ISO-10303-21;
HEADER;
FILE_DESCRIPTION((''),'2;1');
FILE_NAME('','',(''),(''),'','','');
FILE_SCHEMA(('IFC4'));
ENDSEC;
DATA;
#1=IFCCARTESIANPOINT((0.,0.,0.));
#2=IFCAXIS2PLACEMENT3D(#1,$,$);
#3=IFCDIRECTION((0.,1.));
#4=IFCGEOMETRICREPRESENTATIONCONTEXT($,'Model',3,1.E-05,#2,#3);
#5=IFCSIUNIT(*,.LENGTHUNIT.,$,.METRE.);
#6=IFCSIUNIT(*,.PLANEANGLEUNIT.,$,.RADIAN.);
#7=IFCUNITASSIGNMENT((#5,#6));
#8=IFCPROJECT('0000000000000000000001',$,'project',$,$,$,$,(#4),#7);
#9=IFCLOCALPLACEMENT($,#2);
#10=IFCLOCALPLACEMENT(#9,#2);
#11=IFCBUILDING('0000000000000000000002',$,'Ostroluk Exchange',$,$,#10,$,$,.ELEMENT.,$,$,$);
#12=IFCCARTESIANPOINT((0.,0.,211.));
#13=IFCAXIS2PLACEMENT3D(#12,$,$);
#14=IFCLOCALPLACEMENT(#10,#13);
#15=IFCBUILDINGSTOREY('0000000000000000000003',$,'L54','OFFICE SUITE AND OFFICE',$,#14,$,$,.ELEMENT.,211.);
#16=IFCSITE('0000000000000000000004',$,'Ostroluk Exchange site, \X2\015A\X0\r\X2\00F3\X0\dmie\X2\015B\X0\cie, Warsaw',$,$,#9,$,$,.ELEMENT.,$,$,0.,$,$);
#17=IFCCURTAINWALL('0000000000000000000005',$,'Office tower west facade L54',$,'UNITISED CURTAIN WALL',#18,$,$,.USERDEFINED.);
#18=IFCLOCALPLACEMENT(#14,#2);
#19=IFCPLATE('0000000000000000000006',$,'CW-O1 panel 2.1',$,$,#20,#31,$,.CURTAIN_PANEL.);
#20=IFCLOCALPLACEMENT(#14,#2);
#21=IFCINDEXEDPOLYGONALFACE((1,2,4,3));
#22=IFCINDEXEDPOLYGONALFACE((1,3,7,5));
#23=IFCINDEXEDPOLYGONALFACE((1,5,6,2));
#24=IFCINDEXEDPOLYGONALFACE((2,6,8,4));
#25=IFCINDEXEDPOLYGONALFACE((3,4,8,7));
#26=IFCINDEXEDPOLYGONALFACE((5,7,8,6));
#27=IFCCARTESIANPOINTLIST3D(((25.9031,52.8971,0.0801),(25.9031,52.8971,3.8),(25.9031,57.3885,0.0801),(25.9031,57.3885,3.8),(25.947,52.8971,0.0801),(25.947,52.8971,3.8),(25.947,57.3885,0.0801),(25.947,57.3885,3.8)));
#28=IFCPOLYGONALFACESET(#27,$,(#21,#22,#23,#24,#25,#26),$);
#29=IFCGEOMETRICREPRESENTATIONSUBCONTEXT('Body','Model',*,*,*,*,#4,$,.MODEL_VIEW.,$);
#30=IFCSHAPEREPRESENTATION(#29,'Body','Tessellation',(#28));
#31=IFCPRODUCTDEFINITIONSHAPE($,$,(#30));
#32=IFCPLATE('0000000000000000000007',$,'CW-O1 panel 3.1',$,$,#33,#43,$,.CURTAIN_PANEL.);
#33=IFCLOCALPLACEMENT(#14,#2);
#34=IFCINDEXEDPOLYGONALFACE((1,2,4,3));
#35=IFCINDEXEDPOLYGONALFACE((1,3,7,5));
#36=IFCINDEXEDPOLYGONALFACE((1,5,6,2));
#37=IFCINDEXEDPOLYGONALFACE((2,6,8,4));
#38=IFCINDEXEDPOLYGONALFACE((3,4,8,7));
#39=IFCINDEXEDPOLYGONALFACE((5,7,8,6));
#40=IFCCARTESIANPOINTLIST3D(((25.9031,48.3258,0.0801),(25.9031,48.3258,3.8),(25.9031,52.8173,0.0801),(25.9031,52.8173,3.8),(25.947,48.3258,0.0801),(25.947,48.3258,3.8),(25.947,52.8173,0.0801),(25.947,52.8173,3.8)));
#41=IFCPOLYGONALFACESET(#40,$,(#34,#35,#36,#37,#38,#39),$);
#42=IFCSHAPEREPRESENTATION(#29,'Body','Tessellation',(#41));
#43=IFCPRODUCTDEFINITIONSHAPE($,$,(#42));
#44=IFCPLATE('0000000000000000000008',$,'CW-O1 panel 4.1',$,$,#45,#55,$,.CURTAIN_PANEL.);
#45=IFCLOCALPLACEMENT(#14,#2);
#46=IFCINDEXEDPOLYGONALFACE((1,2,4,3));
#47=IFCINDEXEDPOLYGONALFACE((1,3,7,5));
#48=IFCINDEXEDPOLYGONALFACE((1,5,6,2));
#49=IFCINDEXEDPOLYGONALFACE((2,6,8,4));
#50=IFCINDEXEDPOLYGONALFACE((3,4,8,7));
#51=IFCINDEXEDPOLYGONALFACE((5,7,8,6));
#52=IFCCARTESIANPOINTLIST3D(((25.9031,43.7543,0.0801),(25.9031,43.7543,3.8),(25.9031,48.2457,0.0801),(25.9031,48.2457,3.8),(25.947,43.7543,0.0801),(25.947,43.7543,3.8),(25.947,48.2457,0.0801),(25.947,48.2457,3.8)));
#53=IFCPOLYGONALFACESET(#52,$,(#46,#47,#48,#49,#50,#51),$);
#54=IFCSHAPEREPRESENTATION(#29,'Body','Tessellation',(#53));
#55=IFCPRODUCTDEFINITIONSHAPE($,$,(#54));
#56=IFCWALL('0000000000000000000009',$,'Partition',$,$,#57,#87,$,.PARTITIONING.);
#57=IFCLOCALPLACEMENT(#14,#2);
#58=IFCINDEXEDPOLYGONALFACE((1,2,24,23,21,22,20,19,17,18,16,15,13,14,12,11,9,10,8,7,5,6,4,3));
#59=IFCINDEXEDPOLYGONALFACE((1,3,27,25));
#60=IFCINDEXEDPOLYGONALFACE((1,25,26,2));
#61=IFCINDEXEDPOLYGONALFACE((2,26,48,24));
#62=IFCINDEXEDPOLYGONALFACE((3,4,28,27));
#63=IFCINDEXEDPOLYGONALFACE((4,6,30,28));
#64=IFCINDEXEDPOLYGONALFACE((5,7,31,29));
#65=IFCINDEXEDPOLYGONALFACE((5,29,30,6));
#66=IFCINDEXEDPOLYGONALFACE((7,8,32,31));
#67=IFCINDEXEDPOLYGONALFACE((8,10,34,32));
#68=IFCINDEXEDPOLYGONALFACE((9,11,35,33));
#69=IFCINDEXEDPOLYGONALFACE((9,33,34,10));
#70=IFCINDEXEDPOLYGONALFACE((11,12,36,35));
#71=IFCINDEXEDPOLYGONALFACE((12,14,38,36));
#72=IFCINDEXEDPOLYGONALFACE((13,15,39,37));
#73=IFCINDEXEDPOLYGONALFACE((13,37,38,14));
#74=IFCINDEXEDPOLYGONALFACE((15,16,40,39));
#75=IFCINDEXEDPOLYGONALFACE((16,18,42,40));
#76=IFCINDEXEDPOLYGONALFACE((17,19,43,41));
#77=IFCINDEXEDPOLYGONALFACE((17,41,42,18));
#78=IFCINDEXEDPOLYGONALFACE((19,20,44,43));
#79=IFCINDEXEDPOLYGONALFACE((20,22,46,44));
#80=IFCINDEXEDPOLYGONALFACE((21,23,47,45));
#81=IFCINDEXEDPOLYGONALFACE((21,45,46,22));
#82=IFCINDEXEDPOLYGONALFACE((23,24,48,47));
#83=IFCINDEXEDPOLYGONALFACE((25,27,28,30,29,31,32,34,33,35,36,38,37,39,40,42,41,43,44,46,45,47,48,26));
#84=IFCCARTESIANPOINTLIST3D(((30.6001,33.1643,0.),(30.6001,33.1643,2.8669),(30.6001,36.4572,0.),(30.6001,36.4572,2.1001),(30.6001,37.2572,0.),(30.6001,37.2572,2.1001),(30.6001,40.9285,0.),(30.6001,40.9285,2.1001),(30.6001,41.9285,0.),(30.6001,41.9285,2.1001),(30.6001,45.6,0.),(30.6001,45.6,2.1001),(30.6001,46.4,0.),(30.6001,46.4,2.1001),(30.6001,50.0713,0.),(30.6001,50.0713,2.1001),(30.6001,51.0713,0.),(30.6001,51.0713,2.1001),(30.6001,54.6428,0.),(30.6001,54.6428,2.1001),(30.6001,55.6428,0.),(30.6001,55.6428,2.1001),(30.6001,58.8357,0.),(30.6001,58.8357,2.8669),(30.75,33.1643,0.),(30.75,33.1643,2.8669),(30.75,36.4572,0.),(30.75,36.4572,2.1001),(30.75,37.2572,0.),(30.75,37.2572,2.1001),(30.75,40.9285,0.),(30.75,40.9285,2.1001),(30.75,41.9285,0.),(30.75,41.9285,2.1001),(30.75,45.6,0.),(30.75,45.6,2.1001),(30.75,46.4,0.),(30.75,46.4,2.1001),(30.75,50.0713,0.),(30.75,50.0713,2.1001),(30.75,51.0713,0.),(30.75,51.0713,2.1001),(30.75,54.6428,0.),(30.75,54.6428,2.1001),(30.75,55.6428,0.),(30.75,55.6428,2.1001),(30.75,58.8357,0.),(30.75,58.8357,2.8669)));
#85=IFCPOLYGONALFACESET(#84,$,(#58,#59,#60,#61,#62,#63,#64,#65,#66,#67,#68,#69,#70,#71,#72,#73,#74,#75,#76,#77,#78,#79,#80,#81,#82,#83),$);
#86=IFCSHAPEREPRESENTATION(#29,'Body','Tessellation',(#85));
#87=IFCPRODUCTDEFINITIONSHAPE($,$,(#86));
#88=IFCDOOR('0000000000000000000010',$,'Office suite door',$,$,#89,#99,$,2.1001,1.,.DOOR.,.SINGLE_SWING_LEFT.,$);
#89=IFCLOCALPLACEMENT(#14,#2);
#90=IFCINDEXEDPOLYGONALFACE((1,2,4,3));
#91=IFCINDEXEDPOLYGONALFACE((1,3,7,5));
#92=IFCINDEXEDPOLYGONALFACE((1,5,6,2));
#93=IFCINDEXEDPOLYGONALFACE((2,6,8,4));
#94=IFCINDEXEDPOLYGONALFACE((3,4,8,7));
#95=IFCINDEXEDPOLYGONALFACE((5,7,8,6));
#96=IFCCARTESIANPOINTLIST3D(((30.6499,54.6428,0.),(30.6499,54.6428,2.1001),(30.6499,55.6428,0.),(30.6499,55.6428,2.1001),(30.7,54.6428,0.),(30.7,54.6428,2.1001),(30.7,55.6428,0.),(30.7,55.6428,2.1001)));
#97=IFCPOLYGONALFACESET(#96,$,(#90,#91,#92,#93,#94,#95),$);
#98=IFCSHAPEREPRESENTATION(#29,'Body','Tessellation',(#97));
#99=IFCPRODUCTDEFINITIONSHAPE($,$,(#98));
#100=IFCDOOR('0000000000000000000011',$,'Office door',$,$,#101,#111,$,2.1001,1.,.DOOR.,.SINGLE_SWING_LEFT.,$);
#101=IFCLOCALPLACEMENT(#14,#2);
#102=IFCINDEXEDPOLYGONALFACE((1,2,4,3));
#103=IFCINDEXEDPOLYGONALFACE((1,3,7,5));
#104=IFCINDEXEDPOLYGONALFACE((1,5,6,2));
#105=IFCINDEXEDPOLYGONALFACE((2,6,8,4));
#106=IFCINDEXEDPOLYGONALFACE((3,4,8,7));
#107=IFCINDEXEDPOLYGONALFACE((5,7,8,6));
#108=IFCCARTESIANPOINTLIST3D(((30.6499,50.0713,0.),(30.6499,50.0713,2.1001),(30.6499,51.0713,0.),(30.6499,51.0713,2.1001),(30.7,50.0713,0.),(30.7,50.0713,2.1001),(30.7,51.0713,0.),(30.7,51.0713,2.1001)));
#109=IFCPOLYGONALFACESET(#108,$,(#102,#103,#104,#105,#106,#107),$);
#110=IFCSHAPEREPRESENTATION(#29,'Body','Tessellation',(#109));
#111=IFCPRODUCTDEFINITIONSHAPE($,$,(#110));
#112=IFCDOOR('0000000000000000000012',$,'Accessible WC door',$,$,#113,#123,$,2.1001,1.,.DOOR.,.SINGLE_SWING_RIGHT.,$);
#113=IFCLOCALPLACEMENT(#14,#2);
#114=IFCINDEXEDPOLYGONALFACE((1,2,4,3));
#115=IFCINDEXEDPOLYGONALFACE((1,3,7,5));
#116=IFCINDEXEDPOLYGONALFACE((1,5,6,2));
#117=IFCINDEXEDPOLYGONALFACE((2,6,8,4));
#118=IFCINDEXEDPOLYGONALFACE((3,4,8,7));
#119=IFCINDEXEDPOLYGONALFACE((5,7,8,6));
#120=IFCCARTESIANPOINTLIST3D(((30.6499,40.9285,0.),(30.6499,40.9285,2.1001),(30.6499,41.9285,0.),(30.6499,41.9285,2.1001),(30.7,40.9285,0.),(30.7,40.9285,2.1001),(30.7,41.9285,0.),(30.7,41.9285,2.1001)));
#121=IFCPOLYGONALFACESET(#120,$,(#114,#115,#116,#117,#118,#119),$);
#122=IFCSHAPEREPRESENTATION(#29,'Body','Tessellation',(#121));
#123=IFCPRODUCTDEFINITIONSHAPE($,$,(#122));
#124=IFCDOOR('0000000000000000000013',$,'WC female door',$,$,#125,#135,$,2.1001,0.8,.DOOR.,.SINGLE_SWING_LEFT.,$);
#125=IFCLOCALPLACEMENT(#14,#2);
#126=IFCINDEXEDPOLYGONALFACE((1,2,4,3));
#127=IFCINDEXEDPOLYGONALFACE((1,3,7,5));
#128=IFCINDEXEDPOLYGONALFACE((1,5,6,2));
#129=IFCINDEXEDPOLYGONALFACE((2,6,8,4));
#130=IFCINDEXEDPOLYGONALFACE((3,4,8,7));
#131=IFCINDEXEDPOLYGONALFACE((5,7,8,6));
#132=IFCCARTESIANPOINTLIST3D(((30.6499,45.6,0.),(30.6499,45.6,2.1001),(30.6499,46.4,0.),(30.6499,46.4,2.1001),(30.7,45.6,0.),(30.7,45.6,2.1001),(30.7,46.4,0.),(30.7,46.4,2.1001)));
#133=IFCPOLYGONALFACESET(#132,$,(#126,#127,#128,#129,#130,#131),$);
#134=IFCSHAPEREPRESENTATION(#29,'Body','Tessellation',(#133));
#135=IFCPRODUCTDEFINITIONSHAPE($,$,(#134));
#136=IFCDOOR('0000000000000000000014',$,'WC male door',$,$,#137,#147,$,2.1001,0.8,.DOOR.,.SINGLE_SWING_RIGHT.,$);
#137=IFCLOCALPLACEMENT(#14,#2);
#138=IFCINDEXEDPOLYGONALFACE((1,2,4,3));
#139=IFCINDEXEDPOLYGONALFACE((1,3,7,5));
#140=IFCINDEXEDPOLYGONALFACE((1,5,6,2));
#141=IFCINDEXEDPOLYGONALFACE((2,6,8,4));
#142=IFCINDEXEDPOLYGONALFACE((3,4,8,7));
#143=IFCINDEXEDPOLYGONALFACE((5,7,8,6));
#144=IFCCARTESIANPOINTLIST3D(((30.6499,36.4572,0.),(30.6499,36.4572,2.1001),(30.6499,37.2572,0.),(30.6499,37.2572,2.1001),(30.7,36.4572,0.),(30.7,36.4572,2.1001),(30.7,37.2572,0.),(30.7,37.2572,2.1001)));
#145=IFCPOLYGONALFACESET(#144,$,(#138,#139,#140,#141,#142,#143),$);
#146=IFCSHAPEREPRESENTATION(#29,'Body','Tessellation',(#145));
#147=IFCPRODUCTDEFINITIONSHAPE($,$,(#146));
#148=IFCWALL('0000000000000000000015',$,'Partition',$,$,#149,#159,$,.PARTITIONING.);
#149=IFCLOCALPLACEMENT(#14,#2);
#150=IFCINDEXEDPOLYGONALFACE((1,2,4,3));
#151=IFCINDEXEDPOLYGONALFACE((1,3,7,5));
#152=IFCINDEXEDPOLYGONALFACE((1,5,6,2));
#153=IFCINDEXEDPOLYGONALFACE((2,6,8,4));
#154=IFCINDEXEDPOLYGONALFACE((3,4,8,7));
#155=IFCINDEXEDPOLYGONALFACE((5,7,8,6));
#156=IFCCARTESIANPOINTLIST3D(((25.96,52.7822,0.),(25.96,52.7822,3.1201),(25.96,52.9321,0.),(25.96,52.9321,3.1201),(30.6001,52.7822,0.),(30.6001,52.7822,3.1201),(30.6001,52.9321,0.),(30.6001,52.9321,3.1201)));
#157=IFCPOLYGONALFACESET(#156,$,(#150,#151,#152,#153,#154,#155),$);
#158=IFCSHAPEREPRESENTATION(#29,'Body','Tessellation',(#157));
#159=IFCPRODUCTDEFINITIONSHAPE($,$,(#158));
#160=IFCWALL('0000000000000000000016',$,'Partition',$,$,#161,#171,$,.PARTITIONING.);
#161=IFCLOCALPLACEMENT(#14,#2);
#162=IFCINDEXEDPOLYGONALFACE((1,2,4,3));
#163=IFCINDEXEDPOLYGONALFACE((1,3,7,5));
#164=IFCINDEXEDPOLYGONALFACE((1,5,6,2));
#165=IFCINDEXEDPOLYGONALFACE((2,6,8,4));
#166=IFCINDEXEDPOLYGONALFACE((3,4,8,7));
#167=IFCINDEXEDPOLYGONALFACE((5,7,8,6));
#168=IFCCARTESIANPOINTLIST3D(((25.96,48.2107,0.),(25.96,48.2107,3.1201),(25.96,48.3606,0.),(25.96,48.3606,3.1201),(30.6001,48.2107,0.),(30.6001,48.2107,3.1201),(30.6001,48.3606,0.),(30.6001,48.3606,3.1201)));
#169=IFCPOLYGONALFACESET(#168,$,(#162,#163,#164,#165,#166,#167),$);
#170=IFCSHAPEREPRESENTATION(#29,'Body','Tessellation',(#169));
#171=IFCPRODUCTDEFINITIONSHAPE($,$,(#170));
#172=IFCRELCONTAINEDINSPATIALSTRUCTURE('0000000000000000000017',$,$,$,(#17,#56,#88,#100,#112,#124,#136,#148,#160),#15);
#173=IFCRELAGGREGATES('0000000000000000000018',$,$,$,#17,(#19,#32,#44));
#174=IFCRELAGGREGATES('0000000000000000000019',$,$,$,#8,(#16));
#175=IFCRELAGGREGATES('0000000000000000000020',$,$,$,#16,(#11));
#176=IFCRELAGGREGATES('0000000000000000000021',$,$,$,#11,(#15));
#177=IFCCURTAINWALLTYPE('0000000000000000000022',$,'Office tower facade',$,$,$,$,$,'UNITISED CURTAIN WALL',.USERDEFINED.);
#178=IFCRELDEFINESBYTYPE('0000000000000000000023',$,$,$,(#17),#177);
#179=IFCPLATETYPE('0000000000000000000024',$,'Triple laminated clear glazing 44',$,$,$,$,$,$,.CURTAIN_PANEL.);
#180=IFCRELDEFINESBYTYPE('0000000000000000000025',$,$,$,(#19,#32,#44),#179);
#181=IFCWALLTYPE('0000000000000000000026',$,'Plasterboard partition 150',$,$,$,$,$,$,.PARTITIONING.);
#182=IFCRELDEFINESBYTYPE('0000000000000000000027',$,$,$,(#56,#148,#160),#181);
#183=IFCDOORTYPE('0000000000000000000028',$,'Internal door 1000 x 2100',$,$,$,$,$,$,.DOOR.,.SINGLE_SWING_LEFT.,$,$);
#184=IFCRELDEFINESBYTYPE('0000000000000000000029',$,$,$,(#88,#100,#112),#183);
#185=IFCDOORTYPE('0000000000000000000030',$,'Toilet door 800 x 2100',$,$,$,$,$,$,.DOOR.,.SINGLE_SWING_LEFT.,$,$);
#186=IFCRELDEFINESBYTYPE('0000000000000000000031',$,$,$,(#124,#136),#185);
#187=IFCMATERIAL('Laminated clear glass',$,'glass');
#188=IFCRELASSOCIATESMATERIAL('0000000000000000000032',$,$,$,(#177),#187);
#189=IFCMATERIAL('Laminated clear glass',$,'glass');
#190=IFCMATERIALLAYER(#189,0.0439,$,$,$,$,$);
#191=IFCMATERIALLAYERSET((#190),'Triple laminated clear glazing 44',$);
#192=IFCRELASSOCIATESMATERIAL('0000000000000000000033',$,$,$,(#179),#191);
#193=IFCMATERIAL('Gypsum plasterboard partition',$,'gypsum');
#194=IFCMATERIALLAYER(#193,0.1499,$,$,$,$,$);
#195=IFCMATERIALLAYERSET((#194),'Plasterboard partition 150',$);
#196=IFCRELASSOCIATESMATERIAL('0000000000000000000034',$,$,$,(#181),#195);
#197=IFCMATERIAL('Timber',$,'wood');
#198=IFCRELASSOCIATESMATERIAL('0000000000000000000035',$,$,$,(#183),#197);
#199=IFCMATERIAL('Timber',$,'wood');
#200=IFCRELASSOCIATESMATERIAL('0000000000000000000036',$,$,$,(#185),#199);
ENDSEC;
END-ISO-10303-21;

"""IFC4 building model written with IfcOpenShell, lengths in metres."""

from ifc_helpers import new_model, si_unit, direction, frame, frame_2d, origin, origin_2d, place, context, subcontext, project, spatial, rectangle, extrude, material, layer, layer_set, type_object, element, fill, aggregate, save


model = new_model("IFC4")

# Units and contexts
model_context = context("Model", 3, precision=1e-05, world=origin(), true_north=direction((0.0, 1.0)))
body_context = subcontext(model_context, "Body", "Model", "MODEL_VIEW")
ifc_project = project(units=[si_unit("LENGTHUNIT", "METRE"), si_unit("PLANEANGLEUNIT", "RADIAN")], contexts=[model_context])

# Site, building, storey
site_placement = place(None, origin())
site = spatial("IfcSite", under=ifc_project, at=site_placement, Name="Ostroluk Exchange site, Śródmieście, Warsaw", CompositionType="ELEMENT", RefElevation=0.0)
building_placement = place(site_placement, origin())
building = spatial("IfcBuilding", under=site, at=building_placement, Name="Ostroluk Exchange", CompositionType="ELEMENT")
storey_placement = place(building_placement, frame((0.0, 0.0, 211.0)))
storey = spatial("IfcBuildingStorey", under=building, at=storey_placement, Name="L54", Description="OFFICE SUITE AND OFFICE", CompositionType="ELEMENT", Elevation=211.0)

# Curtain wall, plates
ifc_material_1 = material(Name="Laminated clear glass", Category="glass")
curtain_wall_type = type_object("IfcCurtainWallType", Name="Office tower facade", ElementType="UNITISED CURTAIN WALL", PredefinedType="USERDEFINED", material=ifc_material_1)
curtain_wall_placement = place(storey_placement, origin())
curtain_wall = element("IfcCurtainWall", 1, at=curtain_wall_placement, inside=storey, type_object=curtain_wall_type, Name="Office tower west facade L54", ObjectType="UNITISED CURTAIN WALL", PredefinedType="USERDEFINED")
ifc_material_2 = material(Name="Laminated clear glass", Category="glass")
ifc_layer_1 = layer(ifc_material_2, 0.0439)
ifc_layer_set_1 = layer_set([ifc_layer_1], Name="Triple laminated clear glazing 44")
plate_type = type_object("IfcPlateType", Name="Triple laminated clear glazing 44", PredefinedType="CURTAIN_PANEL", material=ifc_layer_set_1)
plate_1_placement = place(storey_placement, frame((25.925, 55.1428, 0.0801), z_axis=(0.0, 0.0, 1.0), x_axis=(0.0, -1.0, 0.0)))
plate_1 = element("IfcPlate", 2, at=plate_1_placement, type_object=plate_type, Name="CW-O1 panel 2.1", PredefinedType="CURTAIN_PANEL", context=body_context, shape_type="SweptSolid", body=[
    extrude(rectangle(XDim=4.4915, YDim=0.0439, at=origin_2d()), origin(), (0.0, 0.0, 1.0), 3.72),
])
plate_2_placement = place(storey_placement, frame((25.925, 50.5715, 0.0801), z_axis=(0.0, 0.0, 1.0), x_axis=(0.0, -1.0, 0.0)))
plate_2 = element("IfcPlate", 3, at=plate_2_placement, type_object=plate_type, Name="CW-O1 panel 3.1", PredefinedType="CURTAIN_PANEL", context=body_context, shape_type="SweptSolid", body=[
    extrude(rectangle(XDim=4.4915, YDim=0.0439, at=origin_2d()), origin(), (0.0, 0.0, 1.0), 3.72),
])
plate_3_placement = place(storey_placement, frame((25.925, 46.0, 0.0801), z_axis=(0.0, 0.0, 1.0), x_axis=(0.0, -1.0, 0.0)))
plate_3 = element("IfcPlate", 4, at=plate_3_placement, type_object=plate_type, Name="CW-O1 panel 4.1", PredefinedType="CURTAIN_PANEL", context=body_context, shape_type="SweptSolid", body=[
    extrude(rectangle(XDim=4.4915, YDim=0.0439, at=origin_2d()), origin(), (0.0, 0.0, 1.0), 3.72),
])
aggregate(curtain_wall, [plate_1, plate_2, plate_3])

# Wall, openings, doors
ifc_material_3 = material(Name="Gypsum plasterboard partition", Category="gypsum")
ifc_layer_2 = layer(ifc_material_3, 0.1499)
ifc_layer_set_2 = layer_set([ifc_layer_2], Name="Plasterboard partition 150")
wall_type = type_object("IfcWallType", Name="Plasterboard partition 150", PredefinedType="PARTITIONING", material=ifc_layer_set_2)
wall_placement = place(storey_placement, frame((30.675, 58.8357, 0.0), z_axis=(0.0, 0.0, 1.0), x_axis=(0.0, -1.0, 0.0)))
wall = element("IfcWall", 5, at=wall_placement, inside=storey, type_object=wall_type, Name="Partition", PredefinedType="PARTITIONING", context=body_context, shape_type="SweptSolid", body=[
    extrude(rectangle(XDim=25.6714, YDim=0.1499, at=frame_2d((12.8357, 0.0))), origin(), (0.0, 0.0, 1.0), 2.8669),
])
opening_1_placement = place(wall_placement, frame((3.1929, 0.0, 0.0)))
opening_1 = element("IfcOpeningElement", 6, at=opening_1_placement, cuts=wall, PredefinedType="OPENING", context=body_context, shape_type="SweptSolid", body=[
    extrude(rectangle(XDim=1.0, YDim=2.1001, at=frame_2d((0.5, 1.05))), frame((0.0, 0.085, 0.0), z_axis=(0.0, -1.0, 0.0), x_axis=(1.0, 0.0, 0.0)), (0.0, 0.0, 1.0), 0.1699),
])
opening_2_placement = place(wall_placement, frame((7.7644, 0.0, 0.0)))
opening_2 = element("IfcOpeningElement", 7, at=opening_2_placement, cuts=wall, PredefinedType="OPENING", context=body_context, shape_type="SweptSolid", body=[
    extrude(rectangle(XDim=1.0, YDim=2.1001, at=frame_2d((0.5, 1.05))), frame((0.0, 0.085, 0.0), z_axis=(0.0, -1.0, 0.0), x_axis=(1.0, 0.0, 0.0)), (0.0, 0.0, 1.0), 0.1699),
])
opening_3_placement = place(wall_placement, frame((12.4358, 0.0, 0.0)))
opening_3 = element("IfcOpeningElement", 8, at=opening_3_placement, cuts=wall, PredefinedType="OPENING", context=body_context, shape_type="SweptSolid", body=[
    extrude(rectangle(XDim=0.8, YDim=2.1001, at=frame_2d((0.3999, 1.05))), frame((0.0, 0.085, 0.0), z_axis=(0.0, -1.0, 0.0), x_axis=(1.0, 0.0, 0.0)), (0.0, 0.0, 1.0), 0.1699),
])
opening_4_placement = place(wall_placement, frame((16.9072, 0.0, 0.0)))
opening_4 = element("IfcOpeningElement", 9, at=opening_4_placement, cuts=wall, PredefinedType="OPENING", context=body_context, shape_type="SweptSolid", body=[
    extrude(rectangle(XDim=1.0, YDim=2.1001, at=frame_2d((0.5, 1.05))), frame((0.0, 0.085, 0.0), z_axis=(0.0, -1.0, 0.0), x_axis=(1.0, 0.0, 0.0)), (0.0, 0.0, 1.0), 0.1699),
])
opening_5_placement = place(wall_placement, frame((21.5786, 0.0, 0.0)))
opening_5 = element("IfcOpeningElement", 10, at=opening_5_placement, cuts=wall, PredefinedType="OPENING", context=body_context, shape_type="SweptSolid", body=[
    extrude(rectangle(XDim=0.8, YDim=2.1001, at=frame_2d((0.3999, 1.05))), frame((0.0, 0.085, 0.0), z_axis=(0.0, -1.0, 0.0), x_axis=(1.0, 0.0, 0.0)), (0.0, 0.0, 1.0), 0.1699),
])
ifc_material_4 = material(Name="Timber", Category="wood")
door_type_1 = type_object("IfcDoorType", Name="Internal door 1000 x 2100", OperationType="SINGLE_SWING_LEFT", PredefinedType="DOOR", material=ifc_material_4)
door_1_placement = place(opening_1_placement, origin())
door_1 = element("IfcDoor", 11, at=door_1_placement, inside=storey, type_object=door_type_1, Name="Office suite door", OperationType="SINGLE_SWING_LEFT", OverallHeight=2.1001, OverallWidth=1.0, PredefinedType="DOOR", context=body_context, shape_type="SweptSolid", body=[
    extrude(rectangle(XDim=1.0, YDim=2.1001, at=frame_2d((0.5, 1.05))), frame((0.0, 0.0249, 0.0), z_axis=(0.0, -1.0, 0.0), x_axis=(1.0, 0.0, 0.0)), (0.0, 0.0, 1.0), 0.05),
])
fill(opening_1, door_1)
door_2_placement = place(opening_2_placement, origin())
door_2 = element("IfcDoor", 12, at=door_2_placement, inside=storey, type_object=door_type_1, Name="Office door", OperationType="SINGLE_SWING_LEFT", OverallHeight=2.1001, OverallWidth=1.0, PredefinedType="DOOR", context=body_context, shape_type="SweptSolid", body=[
    extrude(rectangle(XDim=1.0, YDim=2.1001, at=frame_2d((0.5, 1.05))), frame((0.0, 0.0249, 0.0), z_axis=(0.0, -1.0, 0.0), x_axis=(1.0, 0.0, 0.0)), (0.0, 0.0, 1.0), 0.05),
])
fill(opening_2, door_2)
door_3_placement = place(opening_4_placement, origin())
door_3 = element("IfcDoor", 13, at=door_3_placement, inside=storey, type_object=door_type_1, Name="Accessible WC door", OperationType="SINGLE_SWING_RIGHT", OverallHeight=2.1001, OverallWidth=1.0, PredefinedType="DOOR", context=body_context, shape_type="SweptSolid", body=[
    extrude(rectangle(XDim=1.0, YDim=2.1001, at=frame_2d((0.5, 1.05))), frame((0.0, 0.0249, 0.0), z_axis=(0.0, -1.0, 0.0), x_axis=(1.0, 0.0, 0.0)), (0.0, 0.0, 1.0), 0.05),
])
fill(opening_4, door_3)
ifc_material_5 = material(Name="Timber", Category="wood")
door_type_2 = type_object("IfcDoorType", Name="Toilet door 800 x 2100", OperationType="SINGLE_SWING_LEFT", PredefinedType="DOOR", material=ifc_material_5)
door_4_placement = place(opening_3_placement, origin())
door_4 = element("IfcDoor", 14, at=door_4_placement, inside=storey, type_object=door_type_2, Name="WC female door", OperationType="SINGLE_SWING_LEFT", OverallHeight=2.1001, OverallWidth=0.8, PredefinedType="DOOR", context=body_context, shape_type="SweptSolid", body=[
    extrude(rectangle(XDim=0.8, YDim=2.1001, at=frame_2d((0.3999, 1.05))), frame((0.0, 0.0249, 0.0), z_axis=(0.0, -1.0, 0.0), x_axis=(1.0, 0.0, 0.0)), (0.0, 0.0, 1.0), 0.05),
])
fill(opening_3, door_4)
door_5_placement = place(opening_5_placement, origin())
door_5 = element("IfcDoor", 15, at=door_5_placement, inside=storey, type_object=door_type_2, Name="WC male door", OperationType="SINGLE_SWING_RIGHT", OverallHeight=2.1001, OverallWidth=0.8, PredefinedType="DOOR", context=body_context, shape_type="SweptSolid", body=[
    extrude(rectangle(XDim=0.8, YDim=2.1001, at=frame_2d((0.3999, 1.05))), frame((0.0, 0.0249, 0.0), z_axis=(0.0, -1.0, 0.0), x_axis=(1.0, 0.0, 0.0)), (0.0, 0.0, 1.0), 0.05),
])
fill(opening_5, door_5)

# Walls
for number, where, z_axis, x_axis, name in (
    (16, (30.6001, 52.8572, 0.0), (0.0, 0.0, 1.0), (-1.0, 0.0, 0.0), "Partition"),
    (17, (30.6001, 48.2856, 0.0), (0.0, 0.0, 1.0), (-1.0, 0.0, 0.0), "Partition"),
):
    element("IfcWall", number, at=place(storey_placement, frame(where, z_axis=z_axis, x_axis=x_axis)), inside=storey, type_object=wall_type, Name=name, PredefinedType="PARTITIONING", context=body_context, shape_type="SweptSolid", body=[
        extrude(rectangle(XDim=4.6401, YDim=0.1499, at=frame_2d((2.3201, 0.0))), origin(), (0.0, 0.0, 1.0), 3.1201),
    ])

save(model, "model.ifc")
